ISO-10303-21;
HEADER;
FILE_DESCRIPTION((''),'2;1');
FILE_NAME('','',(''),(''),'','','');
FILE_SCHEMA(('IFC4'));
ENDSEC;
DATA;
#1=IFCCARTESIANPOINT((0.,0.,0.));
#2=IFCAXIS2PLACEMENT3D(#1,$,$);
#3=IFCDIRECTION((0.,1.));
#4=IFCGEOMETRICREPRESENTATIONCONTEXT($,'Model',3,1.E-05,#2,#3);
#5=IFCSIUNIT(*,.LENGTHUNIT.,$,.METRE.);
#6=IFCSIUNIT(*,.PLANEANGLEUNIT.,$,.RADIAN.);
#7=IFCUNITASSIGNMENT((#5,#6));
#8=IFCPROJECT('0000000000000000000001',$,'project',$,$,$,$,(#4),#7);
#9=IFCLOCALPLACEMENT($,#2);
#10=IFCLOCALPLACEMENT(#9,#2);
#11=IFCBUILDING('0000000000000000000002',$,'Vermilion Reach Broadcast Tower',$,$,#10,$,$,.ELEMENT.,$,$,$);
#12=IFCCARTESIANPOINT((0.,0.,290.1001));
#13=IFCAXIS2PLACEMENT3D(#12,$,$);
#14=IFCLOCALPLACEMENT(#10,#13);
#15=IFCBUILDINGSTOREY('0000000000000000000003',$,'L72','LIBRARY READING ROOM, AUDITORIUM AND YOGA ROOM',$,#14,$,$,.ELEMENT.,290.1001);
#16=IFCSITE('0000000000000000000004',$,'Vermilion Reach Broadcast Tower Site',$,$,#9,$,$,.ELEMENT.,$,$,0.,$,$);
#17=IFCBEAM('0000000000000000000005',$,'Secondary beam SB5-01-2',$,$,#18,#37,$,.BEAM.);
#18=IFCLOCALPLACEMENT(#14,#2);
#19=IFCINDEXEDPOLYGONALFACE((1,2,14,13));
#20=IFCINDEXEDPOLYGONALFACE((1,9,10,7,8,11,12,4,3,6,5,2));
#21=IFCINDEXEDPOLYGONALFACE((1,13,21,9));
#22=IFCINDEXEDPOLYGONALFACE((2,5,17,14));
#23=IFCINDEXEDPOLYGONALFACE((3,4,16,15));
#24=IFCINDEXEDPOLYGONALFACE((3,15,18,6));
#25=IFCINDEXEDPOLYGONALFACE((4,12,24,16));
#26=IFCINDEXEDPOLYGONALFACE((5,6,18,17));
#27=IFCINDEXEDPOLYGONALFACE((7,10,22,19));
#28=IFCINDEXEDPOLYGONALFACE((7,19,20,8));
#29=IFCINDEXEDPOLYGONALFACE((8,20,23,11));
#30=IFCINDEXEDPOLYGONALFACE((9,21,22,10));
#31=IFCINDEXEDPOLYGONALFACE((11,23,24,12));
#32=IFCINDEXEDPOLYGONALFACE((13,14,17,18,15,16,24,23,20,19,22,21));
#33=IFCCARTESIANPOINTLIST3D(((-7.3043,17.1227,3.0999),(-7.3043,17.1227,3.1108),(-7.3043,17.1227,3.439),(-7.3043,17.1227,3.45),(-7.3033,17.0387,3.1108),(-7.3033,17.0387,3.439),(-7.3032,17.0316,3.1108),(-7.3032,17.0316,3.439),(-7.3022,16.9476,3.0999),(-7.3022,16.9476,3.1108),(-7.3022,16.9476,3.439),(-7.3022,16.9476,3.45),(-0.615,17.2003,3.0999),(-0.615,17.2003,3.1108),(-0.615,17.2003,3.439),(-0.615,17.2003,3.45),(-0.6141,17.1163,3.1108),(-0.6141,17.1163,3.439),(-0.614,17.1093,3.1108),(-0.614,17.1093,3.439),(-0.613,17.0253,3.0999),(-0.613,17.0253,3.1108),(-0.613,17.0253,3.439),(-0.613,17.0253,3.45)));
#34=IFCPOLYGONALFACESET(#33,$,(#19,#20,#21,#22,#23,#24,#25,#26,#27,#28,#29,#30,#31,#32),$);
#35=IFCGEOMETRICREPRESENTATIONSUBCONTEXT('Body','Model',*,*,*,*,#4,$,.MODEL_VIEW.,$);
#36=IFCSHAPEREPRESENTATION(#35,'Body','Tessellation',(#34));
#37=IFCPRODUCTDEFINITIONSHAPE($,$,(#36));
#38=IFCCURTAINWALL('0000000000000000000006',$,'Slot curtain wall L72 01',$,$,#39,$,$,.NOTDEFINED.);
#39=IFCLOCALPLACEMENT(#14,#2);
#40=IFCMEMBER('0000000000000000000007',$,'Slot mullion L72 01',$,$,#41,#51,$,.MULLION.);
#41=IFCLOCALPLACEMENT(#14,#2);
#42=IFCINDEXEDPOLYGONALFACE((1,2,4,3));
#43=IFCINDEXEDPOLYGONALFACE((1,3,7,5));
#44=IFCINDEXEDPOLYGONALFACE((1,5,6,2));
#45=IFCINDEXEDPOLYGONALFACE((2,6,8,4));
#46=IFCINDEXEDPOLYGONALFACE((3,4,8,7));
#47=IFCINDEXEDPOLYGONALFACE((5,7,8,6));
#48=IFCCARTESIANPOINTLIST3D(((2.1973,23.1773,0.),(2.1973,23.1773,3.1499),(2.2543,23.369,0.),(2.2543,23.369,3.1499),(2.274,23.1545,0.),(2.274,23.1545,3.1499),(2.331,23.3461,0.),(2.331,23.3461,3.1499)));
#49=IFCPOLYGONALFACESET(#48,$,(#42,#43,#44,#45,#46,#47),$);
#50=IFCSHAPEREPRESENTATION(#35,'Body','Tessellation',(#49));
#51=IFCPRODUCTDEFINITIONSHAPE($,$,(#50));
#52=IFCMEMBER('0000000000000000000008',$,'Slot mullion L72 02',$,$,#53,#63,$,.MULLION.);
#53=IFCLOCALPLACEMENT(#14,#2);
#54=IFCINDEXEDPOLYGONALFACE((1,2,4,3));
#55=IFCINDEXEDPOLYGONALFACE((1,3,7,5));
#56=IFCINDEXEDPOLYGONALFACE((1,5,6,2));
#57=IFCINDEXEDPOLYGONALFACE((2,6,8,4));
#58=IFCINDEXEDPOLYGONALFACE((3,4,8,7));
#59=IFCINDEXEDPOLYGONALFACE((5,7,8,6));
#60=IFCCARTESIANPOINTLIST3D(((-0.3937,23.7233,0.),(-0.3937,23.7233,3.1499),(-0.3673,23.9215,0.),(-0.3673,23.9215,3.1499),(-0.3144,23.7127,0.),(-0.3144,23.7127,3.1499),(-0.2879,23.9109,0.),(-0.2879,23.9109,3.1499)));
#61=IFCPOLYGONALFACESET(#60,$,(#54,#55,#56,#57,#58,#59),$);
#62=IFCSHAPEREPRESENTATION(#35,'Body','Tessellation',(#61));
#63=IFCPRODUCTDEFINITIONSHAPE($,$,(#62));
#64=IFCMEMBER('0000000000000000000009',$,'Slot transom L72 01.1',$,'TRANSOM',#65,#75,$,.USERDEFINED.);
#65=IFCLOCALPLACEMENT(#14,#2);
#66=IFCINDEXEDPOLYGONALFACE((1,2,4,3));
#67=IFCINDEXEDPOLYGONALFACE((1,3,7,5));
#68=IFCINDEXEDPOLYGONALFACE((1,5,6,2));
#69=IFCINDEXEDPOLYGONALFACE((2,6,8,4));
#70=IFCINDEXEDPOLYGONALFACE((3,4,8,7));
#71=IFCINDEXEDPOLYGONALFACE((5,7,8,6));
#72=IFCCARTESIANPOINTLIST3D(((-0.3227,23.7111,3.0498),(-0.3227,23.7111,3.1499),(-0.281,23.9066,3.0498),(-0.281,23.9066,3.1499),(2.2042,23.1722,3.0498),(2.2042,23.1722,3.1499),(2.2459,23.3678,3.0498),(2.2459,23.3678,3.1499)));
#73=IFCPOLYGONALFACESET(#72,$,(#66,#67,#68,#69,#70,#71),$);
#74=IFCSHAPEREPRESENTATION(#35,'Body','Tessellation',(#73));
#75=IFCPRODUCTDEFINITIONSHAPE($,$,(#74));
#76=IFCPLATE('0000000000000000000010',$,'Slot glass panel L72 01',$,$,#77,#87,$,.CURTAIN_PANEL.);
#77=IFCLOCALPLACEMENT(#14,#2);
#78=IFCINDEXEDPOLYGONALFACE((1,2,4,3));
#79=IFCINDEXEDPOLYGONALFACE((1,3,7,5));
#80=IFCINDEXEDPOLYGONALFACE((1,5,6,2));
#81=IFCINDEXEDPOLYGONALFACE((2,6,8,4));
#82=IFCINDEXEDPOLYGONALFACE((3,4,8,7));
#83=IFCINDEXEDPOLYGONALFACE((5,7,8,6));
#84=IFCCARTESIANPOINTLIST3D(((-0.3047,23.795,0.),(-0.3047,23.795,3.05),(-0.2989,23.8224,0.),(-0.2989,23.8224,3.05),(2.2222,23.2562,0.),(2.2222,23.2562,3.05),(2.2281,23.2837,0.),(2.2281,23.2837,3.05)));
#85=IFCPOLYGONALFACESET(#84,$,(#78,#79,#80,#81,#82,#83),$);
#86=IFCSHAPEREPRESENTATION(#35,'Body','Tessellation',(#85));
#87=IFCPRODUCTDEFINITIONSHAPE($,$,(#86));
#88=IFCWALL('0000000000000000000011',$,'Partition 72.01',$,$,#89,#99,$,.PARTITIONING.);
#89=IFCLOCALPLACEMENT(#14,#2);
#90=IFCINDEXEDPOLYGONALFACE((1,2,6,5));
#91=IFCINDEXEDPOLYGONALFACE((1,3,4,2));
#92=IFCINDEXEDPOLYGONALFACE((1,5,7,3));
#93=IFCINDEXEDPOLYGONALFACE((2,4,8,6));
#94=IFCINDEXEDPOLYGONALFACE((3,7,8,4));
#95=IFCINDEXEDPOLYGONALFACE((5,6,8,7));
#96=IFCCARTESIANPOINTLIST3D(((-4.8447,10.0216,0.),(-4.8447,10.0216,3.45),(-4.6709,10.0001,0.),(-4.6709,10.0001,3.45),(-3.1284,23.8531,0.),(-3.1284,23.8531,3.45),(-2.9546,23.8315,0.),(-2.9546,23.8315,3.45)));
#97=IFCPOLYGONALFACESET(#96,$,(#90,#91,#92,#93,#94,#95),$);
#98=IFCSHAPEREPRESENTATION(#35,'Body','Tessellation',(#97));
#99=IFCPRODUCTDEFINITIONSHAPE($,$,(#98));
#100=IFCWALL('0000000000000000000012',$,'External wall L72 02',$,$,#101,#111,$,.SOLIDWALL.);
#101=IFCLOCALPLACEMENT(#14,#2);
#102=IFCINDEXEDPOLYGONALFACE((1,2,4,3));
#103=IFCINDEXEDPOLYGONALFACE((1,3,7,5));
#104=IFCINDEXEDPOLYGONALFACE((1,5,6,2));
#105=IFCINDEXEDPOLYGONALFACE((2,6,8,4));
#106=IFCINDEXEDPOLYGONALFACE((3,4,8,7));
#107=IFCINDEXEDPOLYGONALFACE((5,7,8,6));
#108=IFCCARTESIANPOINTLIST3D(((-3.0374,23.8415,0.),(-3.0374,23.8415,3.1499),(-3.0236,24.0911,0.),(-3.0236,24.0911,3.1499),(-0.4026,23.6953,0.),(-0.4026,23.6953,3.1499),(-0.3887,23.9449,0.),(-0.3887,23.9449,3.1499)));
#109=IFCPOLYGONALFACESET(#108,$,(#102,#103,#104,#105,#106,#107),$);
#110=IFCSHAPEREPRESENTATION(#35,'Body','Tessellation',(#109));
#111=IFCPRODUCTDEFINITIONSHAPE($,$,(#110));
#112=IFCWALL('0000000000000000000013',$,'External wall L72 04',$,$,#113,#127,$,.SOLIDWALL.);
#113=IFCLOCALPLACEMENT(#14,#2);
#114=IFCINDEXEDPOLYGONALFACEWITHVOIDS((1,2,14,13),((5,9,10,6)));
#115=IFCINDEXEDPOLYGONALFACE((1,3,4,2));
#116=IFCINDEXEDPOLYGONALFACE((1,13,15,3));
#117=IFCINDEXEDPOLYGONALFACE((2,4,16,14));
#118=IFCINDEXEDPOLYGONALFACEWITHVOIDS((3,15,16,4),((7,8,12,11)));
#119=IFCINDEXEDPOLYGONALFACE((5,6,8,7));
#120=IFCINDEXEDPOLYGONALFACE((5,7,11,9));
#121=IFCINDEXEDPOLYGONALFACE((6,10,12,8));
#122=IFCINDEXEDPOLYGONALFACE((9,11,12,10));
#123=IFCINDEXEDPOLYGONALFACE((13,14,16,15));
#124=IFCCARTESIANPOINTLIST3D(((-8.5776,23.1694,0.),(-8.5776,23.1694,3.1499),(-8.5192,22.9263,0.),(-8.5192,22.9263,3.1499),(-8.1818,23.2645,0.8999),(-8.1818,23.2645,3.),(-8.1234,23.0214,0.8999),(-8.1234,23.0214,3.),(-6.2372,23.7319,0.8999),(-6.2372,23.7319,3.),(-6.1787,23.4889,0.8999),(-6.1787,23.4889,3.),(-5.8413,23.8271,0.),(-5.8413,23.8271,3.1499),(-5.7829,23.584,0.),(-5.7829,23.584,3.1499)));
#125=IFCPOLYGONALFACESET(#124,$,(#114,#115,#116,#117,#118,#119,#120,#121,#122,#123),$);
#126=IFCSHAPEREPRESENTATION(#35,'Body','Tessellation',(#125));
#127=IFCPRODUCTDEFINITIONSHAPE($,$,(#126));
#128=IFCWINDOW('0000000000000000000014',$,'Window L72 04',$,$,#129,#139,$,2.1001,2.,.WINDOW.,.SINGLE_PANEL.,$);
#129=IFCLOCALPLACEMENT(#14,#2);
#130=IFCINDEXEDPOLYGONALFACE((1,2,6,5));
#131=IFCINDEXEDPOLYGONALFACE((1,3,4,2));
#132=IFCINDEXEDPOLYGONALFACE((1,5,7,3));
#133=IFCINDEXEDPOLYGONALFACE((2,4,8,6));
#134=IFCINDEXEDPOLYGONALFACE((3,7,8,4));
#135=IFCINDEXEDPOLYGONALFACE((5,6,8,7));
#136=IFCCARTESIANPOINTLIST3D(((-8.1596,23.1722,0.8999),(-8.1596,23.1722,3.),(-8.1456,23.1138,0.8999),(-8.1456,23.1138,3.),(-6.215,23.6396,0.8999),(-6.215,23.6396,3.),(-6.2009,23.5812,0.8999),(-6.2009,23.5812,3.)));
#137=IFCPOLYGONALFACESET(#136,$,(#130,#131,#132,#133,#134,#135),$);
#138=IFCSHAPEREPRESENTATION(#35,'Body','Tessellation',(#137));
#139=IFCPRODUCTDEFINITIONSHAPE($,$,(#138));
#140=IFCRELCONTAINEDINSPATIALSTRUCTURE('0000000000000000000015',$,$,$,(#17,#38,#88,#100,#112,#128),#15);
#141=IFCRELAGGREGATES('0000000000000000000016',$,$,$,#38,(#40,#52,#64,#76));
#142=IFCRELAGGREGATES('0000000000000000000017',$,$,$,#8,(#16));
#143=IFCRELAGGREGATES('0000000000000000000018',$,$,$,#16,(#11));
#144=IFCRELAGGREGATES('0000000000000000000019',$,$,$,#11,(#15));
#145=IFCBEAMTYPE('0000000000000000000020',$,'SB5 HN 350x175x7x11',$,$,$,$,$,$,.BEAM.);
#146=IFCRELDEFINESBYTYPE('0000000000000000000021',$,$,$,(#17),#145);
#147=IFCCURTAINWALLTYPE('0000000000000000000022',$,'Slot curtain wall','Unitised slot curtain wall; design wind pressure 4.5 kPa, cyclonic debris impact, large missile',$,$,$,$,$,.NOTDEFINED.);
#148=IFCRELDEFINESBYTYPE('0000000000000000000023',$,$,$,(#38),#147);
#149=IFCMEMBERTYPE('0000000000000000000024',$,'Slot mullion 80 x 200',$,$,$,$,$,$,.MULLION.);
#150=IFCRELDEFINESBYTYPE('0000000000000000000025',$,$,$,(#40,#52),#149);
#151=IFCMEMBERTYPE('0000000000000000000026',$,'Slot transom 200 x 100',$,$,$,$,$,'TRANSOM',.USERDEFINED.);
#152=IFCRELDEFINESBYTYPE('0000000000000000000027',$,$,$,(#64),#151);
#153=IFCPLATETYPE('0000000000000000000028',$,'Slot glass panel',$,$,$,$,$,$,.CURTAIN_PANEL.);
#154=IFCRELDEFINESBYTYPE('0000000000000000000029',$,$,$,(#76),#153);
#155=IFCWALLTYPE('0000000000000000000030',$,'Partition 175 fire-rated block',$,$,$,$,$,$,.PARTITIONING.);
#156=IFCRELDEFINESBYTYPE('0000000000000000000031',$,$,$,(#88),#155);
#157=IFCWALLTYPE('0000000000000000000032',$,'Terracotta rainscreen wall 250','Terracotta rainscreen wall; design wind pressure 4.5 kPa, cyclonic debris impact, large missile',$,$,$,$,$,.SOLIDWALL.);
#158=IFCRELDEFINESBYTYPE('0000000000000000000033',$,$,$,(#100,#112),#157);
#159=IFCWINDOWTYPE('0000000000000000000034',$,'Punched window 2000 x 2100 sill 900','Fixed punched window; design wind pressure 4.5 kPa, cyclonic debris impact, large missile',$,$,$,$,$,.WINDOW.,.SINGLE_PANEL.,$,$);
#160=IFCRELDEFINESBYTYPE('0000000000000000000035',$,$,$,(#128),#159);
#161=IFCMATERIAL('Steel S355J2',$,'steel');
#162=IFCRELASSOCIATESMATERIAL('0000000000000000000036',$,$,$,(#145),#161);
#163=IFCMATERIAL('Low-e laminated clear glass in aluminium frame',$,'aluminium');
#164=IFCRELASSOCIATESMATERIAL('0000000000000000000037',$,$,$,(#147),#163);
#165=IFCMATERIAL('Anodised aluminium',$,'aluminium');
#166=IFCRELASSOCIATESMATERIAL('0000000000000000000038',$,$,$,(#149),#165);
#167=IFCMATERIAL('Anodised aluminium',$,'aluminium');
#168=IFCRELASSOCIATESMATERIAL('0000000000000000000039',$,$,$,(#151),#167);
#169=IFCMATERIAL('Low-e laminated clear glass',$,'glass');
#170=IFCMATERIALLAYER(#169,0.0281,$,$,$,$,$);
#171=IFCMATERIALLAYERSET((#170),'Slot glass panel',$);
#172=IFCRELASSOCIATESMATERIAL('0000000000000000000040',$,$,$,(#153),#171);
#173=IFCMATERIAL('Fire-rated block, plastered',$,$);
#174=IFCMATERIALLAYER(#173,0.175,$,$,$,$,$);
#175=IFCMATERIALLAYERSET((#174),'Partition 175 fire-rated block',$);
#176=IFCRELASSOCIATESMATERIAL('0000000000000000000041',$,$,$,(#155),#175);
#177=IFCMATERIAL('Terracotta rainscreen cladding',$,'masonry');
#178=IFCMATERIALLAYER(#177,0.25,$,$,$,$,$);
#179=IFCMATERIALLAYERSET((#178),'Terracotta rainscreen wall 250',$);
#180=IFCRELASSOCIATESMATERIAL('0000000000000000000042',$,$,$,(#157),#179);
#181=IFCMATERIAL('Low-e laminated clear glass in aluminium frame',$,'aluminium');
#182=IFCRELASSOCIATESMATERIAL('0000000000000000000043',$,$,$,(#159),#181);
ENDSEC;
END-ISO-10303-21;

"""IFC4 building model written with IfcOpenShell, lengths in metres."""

from ifc_helpers import new_model, si_unit, direction, frame, frame_2d, origin, origin_2d, place, context, subcontext, project, spatial, rectangle, i_section, extrude, material, layer, layer_set, material_profile, profile_set, type_object, element, fill, aggregate, save


model = new_model("IFC4")

# Units and contexts
model_context = context("Model", 3, precision=1e-05, world=origin(), true_north=direction((0.0, 1.0)))
body_context = subcontext(model_context, "Body", "Model", "MODEL_VIEW")
ifc_project = project(units=[si_unit("LENGTHUNIT", "METRE"), si_unit("PLANEANGLEUNIT", "RADIAN")], contexts=[model_context])

# Site, building, storey
site_placement = place(None, origin())
site = spatial("IfcSite", under=ifc_project, at=site_placement, Name="Vermilion Reach Broadcast Tower Site", CompositionType="ELEMENT", RefElevation=0.0)
building_placement = place(site_placement, origin())
building = spatial("IfcBuilding", under=site, at=building_placement, Name="Vermilion Reach Broadcast Tower", CompositionType="ELEMENT")
storey_placement = place(building_placement, frame((0.0, 0.0, 290.1001)))
storey = spatial("IfcBuildingStorey", under=building, at=storey_placement, Name="L72", Description="LIBRARY READING ROOM, AUDITORIUM AND YOGA ROOM", CompositionType="ELEMENT", Elevation=290.1001)

# Beam
ifc_material_1 = material(Name="Steel S355J2", Category="steel")
ifc_material_profile_1 = material_profile(ifc_material_1, i_section(OverallWidth=0.175, OverallDepth=0.3501, WebThickness=0.0071, FlangeThickness=0.011, at=origin_2d()), Name="S355J2 HN 350x175x7x11")
ifc_profile_set_1 = profile_set([ifc_material_profile_1], Name="Steel S355J2")
beam_type_1 = type_object("IfcBeamType", Name="SB5 HN 350x175x7x11", PredefinedType="BEAM", material=ifc_profile_set_1)
beam_1_placement = place(storey_placement, frame((-0.614, 17.1128, 3.2749), z_axis=(-0.999933, -0.011605, 0.0), x_axis=(0.011605, -0.999933, 0.0)))
element("IfcBeam", 1, at=beam_1_placement, inside=storey, type_object=beam_type_1, Name="Secondary beam SB5-01-2", PredefinedType="BEAM", context=body_context, shape_type="SweptSolid", body=[
    extrude(i_section(OverallWidth=0.175, OverallDepth=0.3501, WebThickness=0.0071, FlangeThickness=0.011, at=origin_2d()), origin(), (0.0, 0.0, 1.0), 6.6897),
])

# Curtain wall, members, plate
ifc_material_2 = material(Name="Low-e laminated clear glass in aluminium frame", Category="aluminium")
curtain_wall_type = type_object("IfcCurtainWallType", Name="Slot curtain wall", Description="Unitised slot curtain wall; design wind pressure 4.5 kPa, cyclonic debris impact, large missile", PredefinedType="NOTDEFINED", material=ifc_material_2)
curtain_wall_placement = place(storey_placement, origin())
curtain_wall = element("IfcCurtainWall", 2, at=curtain_wall_placement, inside=storey, type_object=curtain_wall_type, Name="Slot curtain wall L72 01", PredefinedType="NOTDEFINED")
ifc_material_3 = material(Name="Anodised aluminium", Category="aluminium")
ifc_material_profile_2 = material_profile(ifc_material_3, rectangle(XDim=0.2, YDim=0.0801, at=origin_2d()), Name="Slot mullion 80 x 200")
ifc_profile_set_2 = profile_set([ifc_material_profile_2], Name="Anodised aluminium")
member_type_1 = type_object("IfcMemberType", Name="Slot mullion 80 x 200", PredefinedType="MULLION", material=ifc_profile_set_2)
member_1_placement = place(storey_placement, frame((2.2642, 23.2617, 0.0), z_axis=(0.0, 0.0, 1.0), x_axis=(-0.285205, -0.958467, 0.0)))
member_1 = element("IfcMember", 3, at=member_1_placement, type_object=member_type_1, Name="Slot mullion L72 01", PredefinedType="MULLION", context=body_context, shape_type="SweptSolid", body=[
    extrude(rectangle(XDim=0.2, YDim=0.0801, at=origin_2d()), origin(), (0.0, 0.0, 1.0), 3.1499),
])
member_2_placement = place(storey_placement, frame((-0.3408, 23.8171, 0.0), z_axis=(0.0, 0.0, 1.0), x_axis=(-0.132369, -0.991201, 0.0)))
member_2 = element("IfcMember", 4, at=member_2_placement, type_object=member_type_1, Name="Slot mullion L72 02", PredefinedType="MULLION", context=body_context, shape_type="SweptSolid", body=[
    extrude(rectangle(XDim=0.2, YDim=0.0801, at=origin_2d()), origin(), (0.0, 0.0, 1.0), 3.1499),
])
ifc_material_4 = material(Name="Anodised aluminium", Category="aluminium")
ifc_material_profile_3 = material_profile(ifc_material_4, rectangle(XDim=0.2, YDim=0.1001, at=origin_2d()), Name="Slot transom 200 x 100")
ifc_profile_set_3 = profile_set([ifc_material_profile_3], Name="Anodised aluminium")
member_type_2 = type_object("IfcMemberType", Name="Slot transom 200 x 100", ElementType="TRANSOM", PredefinedType="USERDEFINED", material=ifc_profile_set_3)
member_3_placement = place(storey_placement, frame((2.2251, 23.27, 3.0999), z_axis=(-0.978012, 0.208548, 0.0), x_axis=(-0.208548, -0.978012, 0.0)))
member_3 = element("IfcMember", 5, at=member_3_placement, type_object=member_type_2, Name="Slot transom L72 01.1", ObjectType="TRANSOM", PredefinedType="USERDEFINED", context=body_context, shape_type="SweptSolid", body=[
    extrude(rectangle(XDim=0.2, YDim=0.1001, at=origin_2d()), origin(), (0.0, 0.0, 1.0), 2.5837),
])
ifc_material_5 = material(Name="Low-e laminated clear glass", Category="glass")
ifc_layer_1 = layer(ifc_material_5, 0.0281)
ifc_layer_set_1 = layer_set([ifc_layer_1], Name="Slot glass panel")
plate_type = type_object("IfcPlateType", Name="Slot glass panel", PredefinedType="CURTAIN_PANEL", material=ifc_layer_set_1)
plate_placement = place(storey_placement, frame((0.9617, 23.5393, 0.0), z_axis=(0.0, 0.0, 1.0), x_axis=(-0.978019, 0.208516, 0.0)))
plate = element("IfcPlate", 6, at=plate_placement, type_object=plate_type, Name="Slot glass panel L72 01", PredefinedType="CURTAIN_PANEL", context=body_context, shape_type="SweptSolid", body=[
    extrude(rectangle(XDim=2.5837, YDim=0.0281, at=origin_2d()), origin(), (0.0, 0.0, 1.0), 3.05),
])
aggregate(curtain_wall, [member_1, member_2, member_3, plate])

# Walls
ifc_material_6 = material(Name="Fire-rated block, plastered")
ifc_layer_2 = layer(ifc_material_6, 0.175)
ifc_layer_set_2 = layer_set([ifc_layer_2], Name="Partition 175 fire-rated block")
wall_type_1 = type_object("IfcWallType", Name="Partition 175 fire-rated block", PredefinedType="PARTITIONING", material=ifc_layer_set_2)
wall_1_placement = place(storey_placement, frame((-3.0415, 23.8423, 0.0), z_axis=(0.0, 0.0, 1.0), x_axis=(-0.123142, -0.992389, 0.0)))
element("IfcWall", 7, at=wall_1_placement, inside=storey, type_object=wall_type_1, Name="Partition 72.01", PredefinedType="PARTITIONING", context=body_context, shape_type="SweptSolid", body=[
    extrude(rectangle(XDim=13.9375, YDim=0.175, at=frame_2d((6.9688, 0.0))), origin(), (0.0, 0.0, 1.0), 3.45),
])
ifc_material_7 = material(Name="Terracotta rainscreen cladding", Category="masonry")
ifc_layer_3 = layer(ifc_material_7, 0.25)
ifc_layer_set_3 = layer_set([ifc_layer_3], Name="Terracotta rainscreen wall 250")
wall_type_2 = type_object("IfcWallType", Name="Terracotta rainscreen wall 250", Description="Terracotta rainscreen wall; design wind pressure 4.5 kPa, cyclonic debris impact, large missile", PredefinedType="SOLIDWALL", material=ifc_layer_set_3)
wall_2_placement = place(storey_placement, frame((-0.3958, 23.8201, 0.0), z_axis=(0.0, 0.0, 1.0), x_axis=(-0.998463, 0.055419, 0.0)))
element("IfcWall", 8, at=wall_2_placement, inside=storey, type_object=wall_type_2, Name="External wall L72 02", PredefinedType="SOLIDWALL", context=body_context, shape_type="SweptSolid", body=[
    extrude(rectangle(XDim=2.6389, YDim=0.25, at=frame_2d((1.3193, 0.0))), origin(), (0.0, 0.0, 1.0), 3.1499),
])

# Wall, opening, window
wall_3_placement = place(storey_placement, frame((-5.812, 23.7056, 0.0), z_axis=(0.0, 0.0, 1.0), x_axis=(-0.972307, -0.233708, 0.0)))
wall_3 = element("IfcWall", 9, at=wall_3_placement, inside=storey, type_object=wall_type_2, Name="External wall L72 04", PredefinedType="SOLIDWALL", context=body_context, shape_type="SweptSolid", body=[
    extrude(rectangle(XDim=2.8142, YDim=0.25, at=frame_2d((1.4072, 0.0))), origin(), (0.0, 0.0, 1.0), 3.1499),
])
opening_1_placement = place(wall_3_placement, frame((0.4072, 0.0, 0.8999)))
opening_1 = element("IfcOpeningElement", 10, at=opening_1_placement, cuts=wall_3, PredefinedType="OPENING", context=body_context, shape_type="SweptSolid", body=[
    extrude(rectangle(XDim=2.0, YDim=2.1001, at=frame_2d((1.0, 1.05))), frame((0.0, 0.135, 0.0), z_axis=(0.0, -1.0, 0.0), x_axis=(1.0, 0.0, 0.0)), (0.0, 0.0, 1.0), 0.27),
])
ifc_material_8 = material(Name="Low-e laminated clear glass in aluminium frame", Category="aluminium")
window_type = type_object("IfcWindowType", Name="Punched window 2000 x 2100 sill 900", Description="Fixed punched window; design wind pressure 4.5 kPa, cyclonic debris impact, large missile", PartitioningType="SINGLE_PANEL", PredefinedType="WINDOW", material=ifc_material_8)
window_placement = place(opening_1_placement, origin())
window = element("IfcWindow", 11, at=window_placement, inside=storey, type_object=window_type, Name="Window L72 04", OverallHeight=2.1001, OverallWidth=2.0, PartitioningType="SINGLE_PANEL", PredefinedType="WINDOW", context=body_context, shape_type="SweptSolid", body=[
    extrude(rectangle(XDim=2.0, YDim=2.1001, at=frame_2d((1.0, 1.05))), frame((0.0, 0.03, 0.0), z_axis=(0.0, -1.0, 0.0), x_axis=(1.0, 0.0, 0.0)), (0.0, 0.0, 1.0), 0.0601),
])
fill(opening_1, window)

save(model, "model.ifc")
